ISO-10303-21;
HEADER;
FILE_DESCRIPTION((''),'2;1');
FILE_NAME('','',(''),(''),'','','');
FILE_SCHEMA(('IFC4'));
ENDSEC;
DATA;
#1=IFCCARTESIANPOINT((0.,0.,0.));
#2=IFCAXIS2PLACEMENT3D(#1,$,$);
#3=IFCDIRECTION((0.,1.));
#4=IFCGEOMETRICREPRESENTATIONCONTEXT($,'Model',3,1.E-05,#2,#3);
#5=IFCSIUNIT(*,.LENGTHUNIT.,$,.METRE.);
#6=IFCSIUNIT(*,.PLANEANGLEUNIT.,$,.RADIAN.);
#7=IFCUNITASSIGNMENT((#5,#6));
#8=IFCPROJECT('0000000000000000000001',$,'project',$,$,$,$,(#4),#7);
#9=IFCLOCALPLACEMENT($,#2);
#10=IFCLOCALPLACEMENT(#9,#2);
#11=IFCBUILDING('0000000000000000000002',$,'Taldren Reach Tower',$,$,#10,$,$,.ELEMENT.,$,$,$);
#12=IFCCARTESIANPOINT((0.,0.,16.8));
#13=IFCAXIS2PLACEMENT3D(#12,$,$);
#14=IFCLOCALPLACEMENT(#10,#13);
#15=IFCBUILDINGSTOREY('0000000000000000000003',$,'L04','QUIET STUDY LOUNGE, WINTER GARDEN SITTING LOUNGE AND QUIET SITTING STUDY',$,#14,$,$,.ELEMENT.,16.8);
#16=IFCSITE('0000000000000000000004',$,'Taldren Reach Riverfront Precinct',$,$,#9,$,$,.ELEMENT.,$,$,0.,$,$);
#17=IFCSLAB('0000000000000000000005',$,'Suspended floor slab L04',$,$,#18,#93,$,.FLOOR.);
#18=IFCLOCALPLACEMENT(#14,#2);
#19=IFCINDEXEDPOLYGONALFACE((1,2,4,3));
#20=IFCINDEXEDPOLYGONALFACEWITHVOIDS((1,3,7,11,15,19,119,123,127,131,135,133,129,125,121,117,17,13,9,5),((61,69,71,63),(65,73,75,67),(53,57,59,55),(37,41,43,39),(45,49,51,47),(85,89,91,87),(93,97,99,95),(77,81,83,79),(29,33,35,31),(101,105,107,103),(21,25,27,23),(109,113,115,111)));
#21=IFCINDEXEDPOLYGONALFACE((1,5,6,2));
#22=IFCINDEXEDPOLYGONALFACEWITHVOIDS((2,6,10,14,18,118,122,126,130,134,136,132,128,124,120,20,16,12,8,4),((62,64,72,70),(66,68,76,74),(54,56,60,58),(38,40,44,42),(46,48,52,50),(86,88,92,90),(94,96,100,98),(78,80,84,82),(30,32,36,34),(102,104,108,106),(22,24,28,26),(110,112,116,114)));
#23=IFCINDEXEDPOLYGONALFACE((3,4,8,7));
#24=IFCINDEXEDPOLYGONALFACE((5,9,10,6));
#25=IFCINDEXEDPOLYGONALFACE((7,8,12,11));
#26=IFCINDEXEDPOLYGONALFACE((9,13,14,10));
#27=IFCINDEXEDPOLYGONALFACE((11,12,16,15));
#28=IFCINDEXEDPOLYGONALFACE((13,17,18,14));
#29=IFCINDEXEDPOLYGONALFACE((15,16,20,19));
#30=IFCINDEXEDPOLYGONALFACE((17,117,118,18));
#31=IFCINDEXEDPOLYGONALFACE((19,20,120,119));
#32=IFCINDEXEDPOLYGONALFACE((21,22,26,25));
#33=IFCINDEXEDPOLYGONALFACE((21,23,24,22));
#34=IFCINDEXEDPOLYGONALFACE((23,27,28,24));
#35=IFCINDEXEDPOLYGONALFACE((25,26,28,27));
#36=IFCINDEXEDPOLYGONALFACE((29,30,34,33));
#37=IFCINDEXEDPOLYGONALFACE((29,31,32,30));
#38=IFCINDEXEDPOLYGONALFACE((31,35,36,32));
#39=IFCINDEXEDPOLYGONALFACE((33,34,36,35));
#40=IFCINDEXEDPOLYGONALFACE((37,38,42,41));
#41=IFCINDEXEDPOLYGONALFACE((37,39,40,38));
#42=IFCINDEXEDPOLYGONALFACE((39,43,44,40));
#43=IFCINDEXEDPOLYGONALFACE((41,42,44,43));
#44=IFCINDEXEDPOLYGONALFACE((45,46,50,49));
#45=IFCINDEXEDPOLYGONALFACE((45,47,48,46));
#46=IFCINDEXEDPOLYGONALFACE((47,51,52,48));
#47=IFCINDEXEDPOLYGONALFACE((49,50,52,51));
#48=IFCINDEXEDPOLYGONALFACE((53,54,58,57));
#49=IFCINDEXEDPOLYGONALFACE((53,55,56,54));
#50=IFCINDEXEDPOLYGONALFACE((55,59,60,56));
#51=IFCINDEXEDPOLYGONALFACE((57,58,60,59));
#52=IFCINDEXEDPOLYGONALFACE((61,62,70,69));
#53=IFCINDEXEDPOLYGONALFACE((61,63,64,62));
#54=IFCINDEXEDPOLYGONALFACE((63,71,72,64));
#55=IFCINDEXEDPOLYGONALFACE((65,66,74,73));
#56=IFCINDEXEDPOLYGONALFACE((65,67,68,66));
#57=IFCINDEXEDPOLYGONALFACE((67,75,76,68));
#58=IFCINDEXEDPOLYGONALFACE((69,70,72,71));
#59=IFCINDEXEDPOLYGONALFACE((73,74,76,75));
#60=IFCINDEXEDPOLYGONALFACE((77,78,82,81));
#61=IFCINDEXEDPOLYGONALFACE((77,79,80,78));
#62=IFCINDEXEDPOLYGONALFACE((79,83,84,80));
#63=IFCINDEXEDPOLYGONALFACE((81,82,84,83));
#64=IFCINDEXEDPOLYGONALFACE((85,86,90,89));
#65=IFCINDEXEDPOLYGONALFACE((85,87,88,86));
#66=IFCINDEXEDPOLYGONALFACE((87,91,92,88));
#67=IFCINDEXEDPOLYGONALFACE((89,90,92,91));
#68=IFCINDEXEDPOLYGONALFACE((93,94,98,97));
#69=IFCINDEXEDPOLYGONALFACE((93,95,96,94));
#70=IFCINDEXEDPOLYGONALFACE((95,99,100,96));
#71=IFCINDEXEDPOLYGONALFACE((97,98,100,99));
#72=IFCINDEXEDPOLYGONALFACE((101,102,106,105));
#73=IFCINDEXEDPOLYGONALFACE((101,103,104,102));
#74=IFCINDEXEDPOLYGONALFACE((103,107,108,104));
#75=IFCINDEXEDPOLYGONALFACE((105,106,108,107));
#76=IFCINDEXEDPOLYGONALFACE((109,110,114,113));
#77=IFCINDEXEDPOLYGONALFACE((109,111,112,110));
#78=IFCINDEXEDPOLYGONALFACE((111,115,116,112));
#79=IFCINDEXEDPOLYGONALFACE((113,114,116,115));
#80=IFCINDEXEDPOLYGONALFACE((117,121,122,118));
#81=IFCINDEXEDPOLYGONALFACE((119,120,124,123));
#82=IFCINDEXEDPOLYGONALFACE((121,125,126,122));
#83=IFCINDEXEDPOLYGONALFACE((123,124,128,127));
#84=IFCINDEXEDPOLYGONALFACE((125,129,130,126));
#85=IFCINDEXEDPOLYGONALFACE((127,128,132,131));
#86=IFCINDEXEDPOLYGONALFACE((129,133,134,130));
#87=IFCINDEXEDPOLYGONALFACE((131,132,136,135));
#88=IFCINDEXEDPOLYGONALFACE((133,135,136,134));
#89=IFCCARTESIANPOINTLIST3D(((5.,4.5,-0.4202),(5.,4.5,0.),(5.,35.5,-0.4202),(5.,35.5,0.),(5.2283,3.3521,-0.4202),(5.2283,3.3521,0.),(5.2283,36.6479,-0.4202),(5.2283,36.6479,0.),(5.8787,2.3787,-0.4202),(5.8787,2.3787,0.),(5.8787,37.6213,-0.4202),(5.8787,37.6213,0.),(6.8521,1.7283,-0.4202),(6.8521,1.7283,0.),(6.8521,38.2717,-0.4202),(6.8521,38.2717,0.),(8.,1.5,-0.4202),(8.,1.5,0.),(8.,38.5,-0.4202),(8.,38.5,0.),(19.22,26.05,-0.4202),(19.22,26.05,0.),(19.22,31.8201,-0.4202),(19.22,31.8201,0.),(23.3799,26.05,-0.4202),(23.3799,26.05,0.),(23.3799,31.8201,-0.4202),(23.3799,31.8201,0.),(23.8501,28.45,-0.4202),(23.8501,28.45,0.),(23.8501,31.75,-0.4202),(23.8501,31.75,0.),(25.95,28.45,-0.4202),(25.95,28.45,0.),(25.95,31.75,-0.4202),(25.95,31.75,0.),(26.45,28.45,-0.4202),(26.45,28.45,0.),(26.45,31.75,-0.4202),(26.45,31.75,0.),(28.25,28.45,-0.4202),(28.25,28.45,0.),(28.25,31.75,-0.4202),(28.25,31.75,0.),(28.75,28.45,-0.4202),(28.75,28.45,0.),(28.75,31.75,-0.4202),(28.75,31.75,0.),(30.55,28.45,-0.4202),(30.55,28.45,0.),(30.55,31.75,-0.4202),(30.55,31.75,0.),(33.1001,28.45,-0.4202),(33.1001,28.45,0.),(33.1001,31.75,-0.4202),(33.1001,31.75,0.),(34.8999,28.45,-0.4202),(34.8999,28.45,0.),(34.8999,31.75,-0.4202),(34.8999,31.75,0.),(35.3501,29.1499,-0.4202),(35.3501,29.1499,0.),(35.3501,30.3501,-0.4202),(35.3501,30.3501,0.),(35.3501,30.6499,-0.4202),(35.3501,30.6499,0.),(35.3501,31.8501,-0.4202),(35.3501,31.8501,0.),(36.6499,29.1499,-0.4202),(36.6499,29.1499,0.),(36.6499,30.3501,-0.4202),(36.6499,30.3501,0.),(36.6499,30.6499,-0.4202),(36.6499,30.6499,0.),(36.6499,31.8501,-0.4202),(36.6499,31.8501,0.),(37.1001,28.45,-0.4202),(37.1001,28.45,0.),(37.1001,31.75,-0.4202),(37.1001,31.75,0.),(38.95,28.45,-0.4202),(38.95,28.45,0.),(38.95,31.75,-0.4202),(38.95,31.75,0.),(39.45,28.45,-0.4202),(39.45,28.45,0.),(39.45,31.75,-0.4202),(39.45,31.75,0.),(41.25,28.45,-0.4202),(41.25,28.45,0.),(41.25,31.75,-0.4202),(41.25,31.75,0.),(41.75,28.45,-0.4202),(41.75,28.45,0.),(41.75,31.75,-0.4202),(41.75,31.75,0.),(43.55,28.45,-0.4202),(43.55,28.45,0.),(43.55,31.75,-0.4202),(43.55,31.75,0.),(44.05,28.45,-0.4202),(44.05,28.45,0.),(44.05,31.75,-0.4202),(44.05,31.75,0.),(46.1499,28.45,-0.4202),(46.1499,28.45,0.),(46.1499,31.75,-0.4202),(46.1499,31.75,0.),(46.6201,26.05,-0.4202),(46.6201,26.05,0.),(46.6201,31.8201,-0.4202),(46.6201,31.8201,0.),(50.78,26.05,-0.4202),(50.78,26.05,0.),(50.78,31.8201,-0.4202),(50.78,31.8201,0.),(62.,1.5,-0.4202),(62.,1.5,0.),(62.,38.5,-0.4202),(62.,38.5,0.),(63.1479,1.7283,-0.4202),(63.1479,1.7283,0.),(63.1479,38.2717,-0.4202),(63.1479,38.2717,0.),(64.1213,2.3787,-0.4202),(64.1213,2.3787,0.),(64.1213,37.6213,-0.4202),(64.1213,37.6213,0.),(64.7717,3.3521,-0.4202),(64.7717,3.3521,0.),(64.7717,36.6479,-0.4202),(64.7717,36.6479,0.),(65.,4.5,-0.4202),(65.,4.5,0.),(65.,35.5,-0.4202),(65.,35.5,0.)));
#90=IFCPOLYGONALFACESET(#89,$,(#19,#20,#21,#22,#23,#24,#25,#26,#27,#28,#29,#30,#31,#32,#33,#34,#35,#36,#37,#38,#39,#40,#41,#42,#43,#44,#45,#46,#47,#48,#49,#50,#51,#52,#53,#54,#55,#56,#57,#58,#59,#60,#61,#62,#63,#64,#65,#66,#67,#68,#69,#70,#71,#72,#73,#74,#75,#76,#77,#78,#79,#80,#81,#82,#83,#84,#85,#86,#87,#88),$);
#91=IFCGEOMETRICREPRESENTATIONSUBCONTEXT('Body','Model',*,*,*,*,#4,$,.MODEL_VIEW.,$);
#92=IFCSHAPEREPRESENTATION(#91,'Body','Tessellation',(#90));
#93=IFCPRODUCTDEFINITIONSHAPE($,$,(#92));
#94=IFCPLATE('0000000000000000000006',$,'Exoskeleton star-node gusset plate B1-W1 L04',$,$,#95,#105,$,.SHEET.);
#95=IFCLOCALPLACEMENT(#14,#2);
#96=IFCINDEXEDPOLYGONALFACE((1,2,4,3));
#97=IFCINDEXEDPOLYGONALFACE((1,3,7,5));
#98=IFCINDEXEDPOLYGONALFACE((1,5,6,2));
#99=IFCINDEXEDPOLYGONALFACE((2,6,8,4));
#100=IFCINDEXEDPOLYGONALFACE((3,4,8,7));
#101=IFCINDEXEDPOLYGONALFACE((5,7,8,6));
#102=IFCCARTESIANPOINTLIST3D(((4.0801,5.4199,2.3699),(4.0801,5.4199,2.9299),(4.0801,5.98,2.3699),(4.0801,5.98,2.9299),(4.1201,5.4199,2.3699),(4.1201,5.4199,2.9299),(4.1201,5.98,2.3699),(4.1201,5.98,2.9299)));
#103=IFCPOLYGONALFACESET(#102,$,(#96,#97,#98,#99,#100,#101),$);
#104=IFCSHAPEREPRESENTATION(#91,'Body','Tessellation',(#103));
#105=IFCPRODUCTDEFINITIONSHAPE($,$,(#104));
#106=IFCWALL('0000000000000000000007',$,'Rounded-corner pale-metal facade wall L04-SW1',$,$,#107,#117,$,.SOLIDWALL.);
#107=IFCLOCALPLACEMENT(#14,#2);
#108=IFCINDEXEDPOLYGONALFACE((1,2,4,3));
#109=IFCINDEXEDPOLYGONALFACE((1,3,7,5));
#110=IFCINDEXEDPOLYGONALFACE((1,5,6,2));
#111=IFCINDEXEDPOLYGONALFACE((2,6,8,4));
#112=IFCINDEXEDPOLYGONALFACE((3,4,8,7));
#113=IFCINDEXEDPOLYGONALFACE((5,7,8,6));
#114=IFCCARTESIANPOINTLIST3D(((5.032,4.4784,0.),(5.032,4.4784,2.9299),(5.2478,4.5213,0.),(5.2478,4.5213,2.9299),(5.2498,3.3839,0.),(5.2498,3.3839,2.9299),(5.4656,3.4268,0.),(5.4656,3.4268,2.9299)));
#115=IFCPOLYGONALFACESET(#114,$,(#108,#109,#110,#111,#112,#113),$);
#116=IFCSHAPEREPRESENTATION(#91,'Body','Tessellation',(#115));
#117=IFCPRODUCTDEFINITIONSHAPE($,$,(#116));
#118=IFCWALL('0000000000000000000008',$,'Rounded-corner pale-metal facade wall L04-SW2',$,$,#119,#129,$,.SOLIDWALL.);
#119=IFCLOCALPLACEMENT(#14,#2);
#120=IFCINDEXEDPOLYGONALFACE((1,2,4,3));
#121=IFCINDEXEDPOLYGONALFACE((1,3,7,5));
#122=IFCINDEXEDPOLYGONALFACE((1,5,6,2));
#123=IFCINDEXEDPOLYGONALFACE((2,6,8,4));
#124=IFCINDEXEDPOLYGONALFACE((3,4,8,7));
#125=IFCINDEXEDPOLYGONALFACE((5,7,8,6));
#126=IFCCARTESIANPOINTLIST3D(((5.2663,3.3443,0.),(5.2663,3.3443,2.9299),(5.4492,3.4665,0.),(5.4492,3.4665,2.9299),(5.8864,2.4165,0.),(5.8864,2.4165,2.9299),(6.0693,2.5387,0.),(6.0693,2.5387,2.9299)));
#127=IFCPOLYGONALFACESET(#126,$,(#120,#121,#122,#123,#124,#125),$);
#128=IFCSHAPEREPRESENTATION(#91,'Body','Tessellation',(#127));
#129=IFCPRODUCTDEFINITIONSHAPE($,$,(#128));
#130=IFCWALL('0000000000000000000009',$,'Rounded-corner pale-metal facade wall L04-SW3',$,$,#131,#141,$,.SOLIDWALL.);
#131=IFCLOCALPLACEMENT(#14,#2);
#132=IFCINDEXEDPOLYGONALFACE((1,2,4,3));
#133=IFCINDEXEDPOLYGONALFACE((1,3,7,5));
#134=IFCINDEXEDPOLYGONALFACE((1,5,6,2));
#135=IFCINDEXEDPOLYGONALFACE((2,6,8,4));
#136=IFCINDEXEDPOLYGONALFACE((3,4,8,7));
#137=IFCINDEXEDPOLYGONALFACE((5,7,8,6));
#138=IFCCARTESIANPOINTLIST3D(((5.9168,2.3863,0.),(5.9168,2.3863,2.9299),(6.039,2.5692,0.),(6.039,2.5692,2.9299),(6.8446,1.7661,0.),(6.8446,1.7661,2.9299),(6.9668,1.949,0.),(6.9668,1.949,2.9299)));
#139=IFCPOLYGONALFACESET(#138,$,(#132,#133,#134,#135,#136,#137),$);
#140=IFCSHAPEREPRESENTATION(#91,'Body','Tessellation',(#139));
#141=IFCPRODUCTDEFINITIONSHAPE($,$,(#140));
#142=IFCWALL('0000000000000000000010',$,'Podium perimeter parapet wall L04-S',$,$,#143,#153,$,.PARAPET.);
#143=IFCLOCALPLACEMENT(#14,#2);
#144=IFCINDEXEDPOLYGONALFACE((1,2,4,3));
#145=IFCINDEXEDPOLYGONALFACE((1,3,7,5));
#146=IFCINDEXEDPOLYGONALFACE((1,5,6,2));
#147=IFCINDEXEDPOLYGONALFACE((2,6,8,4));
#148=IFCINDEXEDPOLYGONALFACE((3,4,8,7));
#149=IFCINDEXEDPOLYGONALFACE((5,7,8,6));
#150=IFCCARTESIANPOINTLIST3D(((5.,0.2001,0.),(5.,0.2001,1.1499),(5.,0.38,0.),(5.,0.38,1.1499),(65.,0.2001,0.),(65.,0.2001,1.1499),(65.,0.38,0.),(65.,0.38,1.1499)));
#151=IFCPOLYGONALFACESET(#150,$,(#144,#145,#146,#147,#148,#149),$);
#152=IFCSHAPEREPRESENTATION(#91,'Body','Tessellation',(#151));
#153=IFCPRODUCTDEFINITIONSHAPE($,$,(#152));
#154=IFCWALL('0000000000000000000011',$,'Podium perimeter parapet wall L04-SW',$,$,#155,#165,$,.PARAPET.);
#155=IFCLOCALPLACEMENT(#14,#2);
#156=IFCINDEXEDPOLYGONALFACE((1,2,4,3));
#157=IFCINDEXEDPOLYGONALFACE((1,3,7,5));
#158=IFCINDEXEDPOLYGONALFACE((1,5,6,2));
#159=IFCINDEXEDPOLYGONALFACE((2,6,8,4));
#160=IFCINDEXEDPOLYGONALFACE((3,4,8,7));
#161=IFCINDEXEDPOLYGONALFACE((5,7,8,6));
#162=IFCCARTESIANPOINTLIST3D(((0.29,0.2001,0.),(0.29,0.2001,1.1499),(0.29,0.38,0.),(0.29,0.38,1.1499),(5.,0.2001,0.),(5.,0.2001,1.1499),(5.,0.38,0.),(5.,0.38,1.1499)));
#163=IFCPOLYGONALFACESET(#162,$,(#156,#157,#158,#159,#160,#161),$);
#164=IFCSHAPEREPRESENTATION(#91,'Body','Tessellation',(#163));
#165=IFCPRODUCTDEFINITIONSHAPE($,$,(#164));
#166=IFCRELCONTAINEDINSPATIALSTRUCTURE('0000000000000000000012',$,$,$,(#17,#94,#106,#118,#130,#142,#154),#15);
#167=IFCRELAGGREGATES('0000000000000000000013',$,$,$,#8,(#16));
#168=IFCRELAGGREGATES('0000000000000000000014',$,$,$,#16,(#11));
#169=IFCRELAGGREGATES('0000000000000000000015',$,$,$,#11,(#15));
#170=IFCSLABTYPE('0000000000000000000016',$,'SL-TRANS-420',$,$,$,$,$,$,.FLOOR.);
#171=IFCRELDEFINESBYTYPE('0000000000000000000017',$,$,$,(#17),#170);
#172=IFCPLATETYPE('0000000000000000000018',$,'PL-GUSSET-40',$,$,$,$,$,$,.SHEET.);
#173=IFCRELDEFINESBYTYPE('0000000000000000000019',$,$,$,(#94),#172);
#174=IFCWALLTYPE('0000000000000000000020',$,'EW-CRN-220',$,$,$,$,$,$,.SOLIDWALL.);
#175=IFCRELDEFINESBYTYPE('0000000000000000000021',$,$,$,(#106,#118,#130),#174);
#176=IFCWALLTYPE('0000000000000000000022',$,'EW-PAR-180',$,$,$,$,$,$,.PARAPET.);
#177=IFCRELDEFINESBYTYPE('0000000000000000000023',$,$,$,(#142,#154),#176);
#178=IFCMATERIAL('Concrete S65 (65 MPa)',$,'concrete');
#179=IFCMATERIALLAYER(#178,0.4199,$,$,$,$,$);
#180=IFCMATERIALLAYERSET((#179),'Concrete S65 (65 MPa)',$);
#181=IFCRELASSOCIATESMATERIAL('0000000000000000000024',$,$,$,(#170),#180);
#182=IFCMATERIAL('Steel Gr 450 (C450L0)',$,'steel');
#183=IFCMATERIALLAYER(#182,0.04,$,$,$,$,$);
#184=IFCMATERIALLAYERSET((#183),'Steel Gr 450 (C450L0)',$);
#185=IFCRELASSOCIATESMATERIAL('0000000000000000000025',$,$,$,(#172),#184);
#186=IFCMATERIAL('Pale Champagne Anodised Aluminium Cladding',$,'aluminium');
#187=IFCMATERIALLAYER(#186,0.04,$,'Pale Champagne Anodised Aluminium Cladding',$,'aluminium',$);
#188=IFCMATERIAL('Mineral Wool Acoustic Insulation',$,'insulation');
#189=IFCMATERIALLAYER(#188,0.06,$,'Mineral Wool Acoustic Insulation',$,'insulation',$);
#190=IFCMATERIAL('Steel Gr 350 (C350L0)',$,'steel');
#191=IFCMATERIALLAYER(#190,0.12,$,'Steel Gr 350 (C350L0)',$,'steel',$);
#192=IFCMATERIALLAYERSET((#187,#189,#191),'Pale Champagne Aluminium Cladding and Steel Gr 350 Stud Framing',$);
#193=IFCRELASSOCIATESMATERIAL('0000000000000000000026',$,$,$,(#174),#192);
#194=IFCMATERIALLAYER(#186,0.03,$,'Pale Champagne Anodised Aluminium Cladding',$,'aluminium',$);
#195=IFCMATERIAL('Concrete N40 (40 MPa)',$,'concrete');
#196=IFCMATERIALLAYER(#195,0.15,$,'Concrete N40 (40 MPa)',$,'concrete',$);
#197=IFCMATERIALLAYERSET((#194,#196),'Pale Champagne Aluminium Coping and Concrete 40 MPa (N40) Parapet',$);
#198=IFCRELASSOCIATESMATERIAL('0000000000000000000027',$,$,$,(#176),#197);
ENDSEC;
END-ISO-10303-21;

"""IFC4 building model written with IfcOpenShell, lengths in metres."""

from ifc_helpers import new_model, si_unit, direction, frame, frame_2d, origin, origin_2d, place, context, subcontext, project, spatial, polyline, rectangle, outline, extrude, source, transform, mapped, material, layer, layer_set, type_object, element, save


model = new_model("IFC4")

# Units and contexts
model_context = context("Model", 3, precision=1e-05, world=origin(), true_north=direction((0.0, 1.0)))
body_context = subcontext(model_context, "Body", "Model", "MODEL_VIEW")
ifc_project = project(units=[si_unit("LENGTHUNIT", "METRE"), si_unit("PLANEANGLEUNIT", "RADIAN")], contexts=[model_context])

# Site, building, storey
site_placement = place(None, origin())
site = spatial("IfcSite", under=ifc_project, at=site_placement, Name="Taldren Reach Riverfront Precinct", CompositionType="ELEMENT", RefElevation=0.0)
building_placement = place(site_placement, origin())
building = spatial("IfcBuilding", under=site, at=building_placement, Name="Taldren Reach Tower", CompositionType="ELEMENT")
storey_placement = place(building_placement, frame((0.0, 0.0, 16.8)))
storey = spatial("IfcBuildingStorey", under=building, at=storey_placement, Name="L04", Description="QUIET STUDY LOUNGE, WINTER GARDEN SITTING LOUNGE AND QUIET SITTING STUDY", CompositionType="ELEMENT", Elevation=16.8)

# Shared definitions
ifc_material_1 = material(Name="Steel Gr 450 (C450L0)", Category="steel")
ifc_material_2 = material(Name="Steel Gr 350 (C350L0)", Category="steel")

# Slab
ifc_material_3 = material(Name="Concrete S65 (65 MPa)", Category="concrete")
ifc_layer_1 = layer(ifc_material_3, 0.4199)
ifc_layer_set_1 = layer_set([ifc_layer_1], Name="Concrete S65 (65 MPa)")
slab_type_1 = type_object("IfcSlabType", Name="SL-TRANS-420", PredefinedType="FLOOR", material=ifc_layer_set_1)
slab_1_placement = place(storey_placement, frame((0.0, 0.0, -0.4202)))
element("IfcSlab", 1, at=slab_1_placement, inside=storey, type_object=slab_type_1, Name="Suspended floor slab L04", PredefinedType="FLOOR", context=body_context, shape_type="SweptSolid", body=[
    extrude(outline(polyline([(62.0, 1.5), (63.1479, 1.7283), (64.1213, 2.3787), (64.7717, 3.3521), (65.0, 4.5), (65.0, 35.5), (64.7717, 36.6479), (64.1213, 37.6213), (63.1479, 38.2717), (62.0, 38.5), (8.0, 38.5), (6.8521, 38.2717), (5.8787, 37.6213), (5.2283, 36.6479), (5.0, 35.5), (5.0, 4.5), (5.2283, 3.3521), (5.8787, 2.3787), (6.8521, 1.7283), (8.0, 1.5), (62.0, 1.5)]), holes=[polyline([(19.22, 26.05), (23.3799, 26.05), (23.3799, 31.8201), (19.22, 31.8201), (19.22, 26.05)]), polyline([(46.6201, 26.05), (50.78, 26.05), (50.78, 31.8201), (46.6201, 31.8201), (46.6201, 26.05)]), polyline([(23.8501, 28.45), (25.95, 28.45), (25.95, 31.75), (23.8501, 31.75), (23.8501, 28.45)]), polyline([(44.05, 28.45), (46.1499, 28.45), (46.1499, 31.75), (44.05, 31.75), (44.05, 28.45)]), polyline([(26.45, 28.45), (28.25, 28.45), (28.25, 31.75), (26.45, 31.75), (26.45, 28.45)]), polyline([(28.75, 28.45), (30.55, 28.45), (30.55, 31.75), (28.75, 31.75), (28.75, 28.45)]), polyline([(33.1001, 28.45), (34.8999, 28.45), (34.8999, 31.75), (33.1001, 31.75), (33.1001, 28.45)]), polyline([(37.1001, 28.45), (38.95, 28.45), (38.95, 31.75), (37.1001, 31.75), (37.1001, 28.45)]), polyline([(39.45, 28.45), (41.25, 28.45), (41.25, 31.75), (39.45, 31.75), (39.45, 28.45)]), polyline([(41.75, 28.45), (43.55, 28.45), (43.55, 31.75), (41.75, 31.75), (41.75, 28.45)]), polyline([(35.3501, 30.6499), (36.6499, 30.6499), (36.6499, 31.8501), (35.3501, 31.8501), (35.3501, 30.6499)]), polyline([(35.3501, 29.1499), (36.6499, 29.1499), (36.6499, 30.3501), (35.3501, 30.3501), (35.3501, 29.1499)])]), origin(), (0.0, 0.0, 1.0), 0.4202),
])

# Plate
ifc_layer_2 = layer(ifc_material_1, 0.04)
ifc_layer_set_2 = layer_set([ifc_layer_2], Name="Steel Gr 450 (C450L0)")
plate_type = type_object("IfcPlateType", Name="PL-GUSSET-40", PredefinedType="SHEET", material=ifc_layer_set_2)
shared_shape_1 = source(origin(), body_context, "Body", "SweptSolid", [
    extrude(rectangle(XDim=0.5601, YDim=0.04, at=origin_2d()), origin(), (0.0, 0.0, 1.0), 0.5601),
])
plate_placement = place(storey_placement, frame((4.1001, 5.7, 2.3699), z_axis=(0.0, 0.0, 1.0), x_axis=(0.0, 1.0, 0.0)))
element("IfcPlate", 2, at=plate_placement, inside=storey, type_object=plate_type, Name="Exoskeleton star-node gusset plate B1-W1 L04", PredefinedType="SHEET", context=body_context, shape_type="MappedRepresentation", body=[
    mapped(shared_shape_1, transform((0.0, 0.0, 0.0), scale=1.0)),
])

# Walls
ifc_material_4 = material(Name="Pale Champagne Anodised Aluminium Cladding", Category="aluminium")
ifc_layer_3 = layer(ifc_material_4, 0.04, Name="Pale Champagne Anodised Aluminium Cladding", Category="aluminium")
ifc_material_5 = material(Name="Mineral Wool Acoustic Insulation", Category="insulation")
ifc_layer_4 = layer(ifc_material_5, 0.06, Name="Mineral Wool Acoustic Insulation", Category="insulation")
ifc_layer_5 = layer(ifc_material_2, 0.12, Name="Steel Gr 350 (C350L0)", Category="steel")
ifc_layer_set_3 = layer_set([ifc_layer_3, ifc_layer_4, ifc_layer_5], Name="Pale Champagne Aluminium Cladding and Steel Gr 350 Stud Framing")
wall_type_1 = type_object("IfcWallType", Name="EW-CRN-220", PredefinedType="SOLIDWALL", material=ifc_layer_set_3)
shared_shape_2 = source(origin(), body_context, "Body", "SweptSolid", [
    extrude(rectangle(XDim=1.116, YDim=0.22, at=frame_2d((0.5581, 0.0))), origin(), (0.0, 0.0, 1.0), 2.9299),
])
for number, where, z_axis, x_axis, name in (
    (3, (5.1399, 4.5, 0.0), (0.0, 0.0, 1.0), (0.195148, -0.980774, 0.0), "Rounded-corner pale-metal facade wall L04-SW1"),
    (4, (5.3577, 3.4055, 0.0), (0.0, 0.0, 1.0), (0.55571, -0.831377, 0.0), "Rounded-corner pale-metal facade wall L04-SW2"),
    (5, (5.9778, 2.4778, 0.0), (0.0, 0.0, 1.0), (0.831377, -0.55571, 0.0), "Rounded-corner pale-metal facade wall L04-SW3"),
):
    element("IfcWall", number, at=place(storey_placement, frame(where, z_axis=z_axis, x_axis=x_axis)), inside=storey, type_object=wall_type_1, Name=name, PredefinedType="SOLIDWALL", context=body_context, shape_type="MappedRepresentation", body=[
        mapped(shared_shape_2, transform((0.0, 0.0, 0.0), scale=1.0)),
    ])
ifc_layer_6 = layer(ifc_material_4, 0.03, Name="Pale Champagne Anodised Aluminium Cladding", Category="aluminium")
ifc_material_6 = material(Name="Concrete N40 (40 MPa)", Category="concrete")
ifc_layer_7 = layer(ifc_material_6, 0.15, Name="Concrete N40 (40 MPa)", Category="concrete")
ifc_layer_set_4 = layer_set([ifc_layer_6, ifc_layer_7], Name="Pale Champagne Aluminium Coping and Concrete 40 MPa (N40) Parapet")
wall_type_2 = type_object("IfcWallType", Name="EW-PAR-180", PredefinedType="PARAPET", material=ifc_layer_set_4)
shared_shape_3 = source(origin(), body_context, "Body", "SweptSolid", [
    extrude(rectangle(XDim=60.0, YDim=0.1799, at=frame_2d((30.0, 0.0))), origin(), (0.0, 0.0, 1.0), 1.1499),
])
wall_1_placement = place(storey_placement, frame((5.0, 0.29, 0.0), z_axis=(0.0, 0.0, 1.0), x_axis=(1.0, 0.0, 0.0)))
element("IfcWall", 6, at=wall_1_placement, inside=storey, type_object=wall_type_2, Name="Podium perimeter parapet wall L04-S", PredefinedType="PARAPET", context=body_context, shape_type="MappedRepresentation", body=[
    mapped(shared_shape_3, transform((0.0, 0.0, 0.0), scale=1.0)),
])
shared_shape_4 = source(origin(), body_context, "Body", "SweptSolid", [
    extrude(rectangle(XDim=4.71, YDim=0.1799, at=frame_2d((2.355, 0.0))), origin(), (0.0, 0.0, 1.0), 1.1499),
])
wall_2_placement = place(storey_placement, frame((0.29, 0.29, 0.0), z_axis=(0.0, 0.0, 1.0), x_axis=(1.0, 0.0, 0.0)))
element("IfcWall", 7, at=wall_2_placement, inside=storey, type_object=wall_type_2, Name="Podium perimeter parapet wall L04-SW", PredefinedType="PARAPET", context=body_context, shape_type="MappedRepresentation", body=[
    mapped(shared_shape_4, transform((0.0, 0.0, 0.0), scale=1.0)),
])

save(model, "model.ifc")
